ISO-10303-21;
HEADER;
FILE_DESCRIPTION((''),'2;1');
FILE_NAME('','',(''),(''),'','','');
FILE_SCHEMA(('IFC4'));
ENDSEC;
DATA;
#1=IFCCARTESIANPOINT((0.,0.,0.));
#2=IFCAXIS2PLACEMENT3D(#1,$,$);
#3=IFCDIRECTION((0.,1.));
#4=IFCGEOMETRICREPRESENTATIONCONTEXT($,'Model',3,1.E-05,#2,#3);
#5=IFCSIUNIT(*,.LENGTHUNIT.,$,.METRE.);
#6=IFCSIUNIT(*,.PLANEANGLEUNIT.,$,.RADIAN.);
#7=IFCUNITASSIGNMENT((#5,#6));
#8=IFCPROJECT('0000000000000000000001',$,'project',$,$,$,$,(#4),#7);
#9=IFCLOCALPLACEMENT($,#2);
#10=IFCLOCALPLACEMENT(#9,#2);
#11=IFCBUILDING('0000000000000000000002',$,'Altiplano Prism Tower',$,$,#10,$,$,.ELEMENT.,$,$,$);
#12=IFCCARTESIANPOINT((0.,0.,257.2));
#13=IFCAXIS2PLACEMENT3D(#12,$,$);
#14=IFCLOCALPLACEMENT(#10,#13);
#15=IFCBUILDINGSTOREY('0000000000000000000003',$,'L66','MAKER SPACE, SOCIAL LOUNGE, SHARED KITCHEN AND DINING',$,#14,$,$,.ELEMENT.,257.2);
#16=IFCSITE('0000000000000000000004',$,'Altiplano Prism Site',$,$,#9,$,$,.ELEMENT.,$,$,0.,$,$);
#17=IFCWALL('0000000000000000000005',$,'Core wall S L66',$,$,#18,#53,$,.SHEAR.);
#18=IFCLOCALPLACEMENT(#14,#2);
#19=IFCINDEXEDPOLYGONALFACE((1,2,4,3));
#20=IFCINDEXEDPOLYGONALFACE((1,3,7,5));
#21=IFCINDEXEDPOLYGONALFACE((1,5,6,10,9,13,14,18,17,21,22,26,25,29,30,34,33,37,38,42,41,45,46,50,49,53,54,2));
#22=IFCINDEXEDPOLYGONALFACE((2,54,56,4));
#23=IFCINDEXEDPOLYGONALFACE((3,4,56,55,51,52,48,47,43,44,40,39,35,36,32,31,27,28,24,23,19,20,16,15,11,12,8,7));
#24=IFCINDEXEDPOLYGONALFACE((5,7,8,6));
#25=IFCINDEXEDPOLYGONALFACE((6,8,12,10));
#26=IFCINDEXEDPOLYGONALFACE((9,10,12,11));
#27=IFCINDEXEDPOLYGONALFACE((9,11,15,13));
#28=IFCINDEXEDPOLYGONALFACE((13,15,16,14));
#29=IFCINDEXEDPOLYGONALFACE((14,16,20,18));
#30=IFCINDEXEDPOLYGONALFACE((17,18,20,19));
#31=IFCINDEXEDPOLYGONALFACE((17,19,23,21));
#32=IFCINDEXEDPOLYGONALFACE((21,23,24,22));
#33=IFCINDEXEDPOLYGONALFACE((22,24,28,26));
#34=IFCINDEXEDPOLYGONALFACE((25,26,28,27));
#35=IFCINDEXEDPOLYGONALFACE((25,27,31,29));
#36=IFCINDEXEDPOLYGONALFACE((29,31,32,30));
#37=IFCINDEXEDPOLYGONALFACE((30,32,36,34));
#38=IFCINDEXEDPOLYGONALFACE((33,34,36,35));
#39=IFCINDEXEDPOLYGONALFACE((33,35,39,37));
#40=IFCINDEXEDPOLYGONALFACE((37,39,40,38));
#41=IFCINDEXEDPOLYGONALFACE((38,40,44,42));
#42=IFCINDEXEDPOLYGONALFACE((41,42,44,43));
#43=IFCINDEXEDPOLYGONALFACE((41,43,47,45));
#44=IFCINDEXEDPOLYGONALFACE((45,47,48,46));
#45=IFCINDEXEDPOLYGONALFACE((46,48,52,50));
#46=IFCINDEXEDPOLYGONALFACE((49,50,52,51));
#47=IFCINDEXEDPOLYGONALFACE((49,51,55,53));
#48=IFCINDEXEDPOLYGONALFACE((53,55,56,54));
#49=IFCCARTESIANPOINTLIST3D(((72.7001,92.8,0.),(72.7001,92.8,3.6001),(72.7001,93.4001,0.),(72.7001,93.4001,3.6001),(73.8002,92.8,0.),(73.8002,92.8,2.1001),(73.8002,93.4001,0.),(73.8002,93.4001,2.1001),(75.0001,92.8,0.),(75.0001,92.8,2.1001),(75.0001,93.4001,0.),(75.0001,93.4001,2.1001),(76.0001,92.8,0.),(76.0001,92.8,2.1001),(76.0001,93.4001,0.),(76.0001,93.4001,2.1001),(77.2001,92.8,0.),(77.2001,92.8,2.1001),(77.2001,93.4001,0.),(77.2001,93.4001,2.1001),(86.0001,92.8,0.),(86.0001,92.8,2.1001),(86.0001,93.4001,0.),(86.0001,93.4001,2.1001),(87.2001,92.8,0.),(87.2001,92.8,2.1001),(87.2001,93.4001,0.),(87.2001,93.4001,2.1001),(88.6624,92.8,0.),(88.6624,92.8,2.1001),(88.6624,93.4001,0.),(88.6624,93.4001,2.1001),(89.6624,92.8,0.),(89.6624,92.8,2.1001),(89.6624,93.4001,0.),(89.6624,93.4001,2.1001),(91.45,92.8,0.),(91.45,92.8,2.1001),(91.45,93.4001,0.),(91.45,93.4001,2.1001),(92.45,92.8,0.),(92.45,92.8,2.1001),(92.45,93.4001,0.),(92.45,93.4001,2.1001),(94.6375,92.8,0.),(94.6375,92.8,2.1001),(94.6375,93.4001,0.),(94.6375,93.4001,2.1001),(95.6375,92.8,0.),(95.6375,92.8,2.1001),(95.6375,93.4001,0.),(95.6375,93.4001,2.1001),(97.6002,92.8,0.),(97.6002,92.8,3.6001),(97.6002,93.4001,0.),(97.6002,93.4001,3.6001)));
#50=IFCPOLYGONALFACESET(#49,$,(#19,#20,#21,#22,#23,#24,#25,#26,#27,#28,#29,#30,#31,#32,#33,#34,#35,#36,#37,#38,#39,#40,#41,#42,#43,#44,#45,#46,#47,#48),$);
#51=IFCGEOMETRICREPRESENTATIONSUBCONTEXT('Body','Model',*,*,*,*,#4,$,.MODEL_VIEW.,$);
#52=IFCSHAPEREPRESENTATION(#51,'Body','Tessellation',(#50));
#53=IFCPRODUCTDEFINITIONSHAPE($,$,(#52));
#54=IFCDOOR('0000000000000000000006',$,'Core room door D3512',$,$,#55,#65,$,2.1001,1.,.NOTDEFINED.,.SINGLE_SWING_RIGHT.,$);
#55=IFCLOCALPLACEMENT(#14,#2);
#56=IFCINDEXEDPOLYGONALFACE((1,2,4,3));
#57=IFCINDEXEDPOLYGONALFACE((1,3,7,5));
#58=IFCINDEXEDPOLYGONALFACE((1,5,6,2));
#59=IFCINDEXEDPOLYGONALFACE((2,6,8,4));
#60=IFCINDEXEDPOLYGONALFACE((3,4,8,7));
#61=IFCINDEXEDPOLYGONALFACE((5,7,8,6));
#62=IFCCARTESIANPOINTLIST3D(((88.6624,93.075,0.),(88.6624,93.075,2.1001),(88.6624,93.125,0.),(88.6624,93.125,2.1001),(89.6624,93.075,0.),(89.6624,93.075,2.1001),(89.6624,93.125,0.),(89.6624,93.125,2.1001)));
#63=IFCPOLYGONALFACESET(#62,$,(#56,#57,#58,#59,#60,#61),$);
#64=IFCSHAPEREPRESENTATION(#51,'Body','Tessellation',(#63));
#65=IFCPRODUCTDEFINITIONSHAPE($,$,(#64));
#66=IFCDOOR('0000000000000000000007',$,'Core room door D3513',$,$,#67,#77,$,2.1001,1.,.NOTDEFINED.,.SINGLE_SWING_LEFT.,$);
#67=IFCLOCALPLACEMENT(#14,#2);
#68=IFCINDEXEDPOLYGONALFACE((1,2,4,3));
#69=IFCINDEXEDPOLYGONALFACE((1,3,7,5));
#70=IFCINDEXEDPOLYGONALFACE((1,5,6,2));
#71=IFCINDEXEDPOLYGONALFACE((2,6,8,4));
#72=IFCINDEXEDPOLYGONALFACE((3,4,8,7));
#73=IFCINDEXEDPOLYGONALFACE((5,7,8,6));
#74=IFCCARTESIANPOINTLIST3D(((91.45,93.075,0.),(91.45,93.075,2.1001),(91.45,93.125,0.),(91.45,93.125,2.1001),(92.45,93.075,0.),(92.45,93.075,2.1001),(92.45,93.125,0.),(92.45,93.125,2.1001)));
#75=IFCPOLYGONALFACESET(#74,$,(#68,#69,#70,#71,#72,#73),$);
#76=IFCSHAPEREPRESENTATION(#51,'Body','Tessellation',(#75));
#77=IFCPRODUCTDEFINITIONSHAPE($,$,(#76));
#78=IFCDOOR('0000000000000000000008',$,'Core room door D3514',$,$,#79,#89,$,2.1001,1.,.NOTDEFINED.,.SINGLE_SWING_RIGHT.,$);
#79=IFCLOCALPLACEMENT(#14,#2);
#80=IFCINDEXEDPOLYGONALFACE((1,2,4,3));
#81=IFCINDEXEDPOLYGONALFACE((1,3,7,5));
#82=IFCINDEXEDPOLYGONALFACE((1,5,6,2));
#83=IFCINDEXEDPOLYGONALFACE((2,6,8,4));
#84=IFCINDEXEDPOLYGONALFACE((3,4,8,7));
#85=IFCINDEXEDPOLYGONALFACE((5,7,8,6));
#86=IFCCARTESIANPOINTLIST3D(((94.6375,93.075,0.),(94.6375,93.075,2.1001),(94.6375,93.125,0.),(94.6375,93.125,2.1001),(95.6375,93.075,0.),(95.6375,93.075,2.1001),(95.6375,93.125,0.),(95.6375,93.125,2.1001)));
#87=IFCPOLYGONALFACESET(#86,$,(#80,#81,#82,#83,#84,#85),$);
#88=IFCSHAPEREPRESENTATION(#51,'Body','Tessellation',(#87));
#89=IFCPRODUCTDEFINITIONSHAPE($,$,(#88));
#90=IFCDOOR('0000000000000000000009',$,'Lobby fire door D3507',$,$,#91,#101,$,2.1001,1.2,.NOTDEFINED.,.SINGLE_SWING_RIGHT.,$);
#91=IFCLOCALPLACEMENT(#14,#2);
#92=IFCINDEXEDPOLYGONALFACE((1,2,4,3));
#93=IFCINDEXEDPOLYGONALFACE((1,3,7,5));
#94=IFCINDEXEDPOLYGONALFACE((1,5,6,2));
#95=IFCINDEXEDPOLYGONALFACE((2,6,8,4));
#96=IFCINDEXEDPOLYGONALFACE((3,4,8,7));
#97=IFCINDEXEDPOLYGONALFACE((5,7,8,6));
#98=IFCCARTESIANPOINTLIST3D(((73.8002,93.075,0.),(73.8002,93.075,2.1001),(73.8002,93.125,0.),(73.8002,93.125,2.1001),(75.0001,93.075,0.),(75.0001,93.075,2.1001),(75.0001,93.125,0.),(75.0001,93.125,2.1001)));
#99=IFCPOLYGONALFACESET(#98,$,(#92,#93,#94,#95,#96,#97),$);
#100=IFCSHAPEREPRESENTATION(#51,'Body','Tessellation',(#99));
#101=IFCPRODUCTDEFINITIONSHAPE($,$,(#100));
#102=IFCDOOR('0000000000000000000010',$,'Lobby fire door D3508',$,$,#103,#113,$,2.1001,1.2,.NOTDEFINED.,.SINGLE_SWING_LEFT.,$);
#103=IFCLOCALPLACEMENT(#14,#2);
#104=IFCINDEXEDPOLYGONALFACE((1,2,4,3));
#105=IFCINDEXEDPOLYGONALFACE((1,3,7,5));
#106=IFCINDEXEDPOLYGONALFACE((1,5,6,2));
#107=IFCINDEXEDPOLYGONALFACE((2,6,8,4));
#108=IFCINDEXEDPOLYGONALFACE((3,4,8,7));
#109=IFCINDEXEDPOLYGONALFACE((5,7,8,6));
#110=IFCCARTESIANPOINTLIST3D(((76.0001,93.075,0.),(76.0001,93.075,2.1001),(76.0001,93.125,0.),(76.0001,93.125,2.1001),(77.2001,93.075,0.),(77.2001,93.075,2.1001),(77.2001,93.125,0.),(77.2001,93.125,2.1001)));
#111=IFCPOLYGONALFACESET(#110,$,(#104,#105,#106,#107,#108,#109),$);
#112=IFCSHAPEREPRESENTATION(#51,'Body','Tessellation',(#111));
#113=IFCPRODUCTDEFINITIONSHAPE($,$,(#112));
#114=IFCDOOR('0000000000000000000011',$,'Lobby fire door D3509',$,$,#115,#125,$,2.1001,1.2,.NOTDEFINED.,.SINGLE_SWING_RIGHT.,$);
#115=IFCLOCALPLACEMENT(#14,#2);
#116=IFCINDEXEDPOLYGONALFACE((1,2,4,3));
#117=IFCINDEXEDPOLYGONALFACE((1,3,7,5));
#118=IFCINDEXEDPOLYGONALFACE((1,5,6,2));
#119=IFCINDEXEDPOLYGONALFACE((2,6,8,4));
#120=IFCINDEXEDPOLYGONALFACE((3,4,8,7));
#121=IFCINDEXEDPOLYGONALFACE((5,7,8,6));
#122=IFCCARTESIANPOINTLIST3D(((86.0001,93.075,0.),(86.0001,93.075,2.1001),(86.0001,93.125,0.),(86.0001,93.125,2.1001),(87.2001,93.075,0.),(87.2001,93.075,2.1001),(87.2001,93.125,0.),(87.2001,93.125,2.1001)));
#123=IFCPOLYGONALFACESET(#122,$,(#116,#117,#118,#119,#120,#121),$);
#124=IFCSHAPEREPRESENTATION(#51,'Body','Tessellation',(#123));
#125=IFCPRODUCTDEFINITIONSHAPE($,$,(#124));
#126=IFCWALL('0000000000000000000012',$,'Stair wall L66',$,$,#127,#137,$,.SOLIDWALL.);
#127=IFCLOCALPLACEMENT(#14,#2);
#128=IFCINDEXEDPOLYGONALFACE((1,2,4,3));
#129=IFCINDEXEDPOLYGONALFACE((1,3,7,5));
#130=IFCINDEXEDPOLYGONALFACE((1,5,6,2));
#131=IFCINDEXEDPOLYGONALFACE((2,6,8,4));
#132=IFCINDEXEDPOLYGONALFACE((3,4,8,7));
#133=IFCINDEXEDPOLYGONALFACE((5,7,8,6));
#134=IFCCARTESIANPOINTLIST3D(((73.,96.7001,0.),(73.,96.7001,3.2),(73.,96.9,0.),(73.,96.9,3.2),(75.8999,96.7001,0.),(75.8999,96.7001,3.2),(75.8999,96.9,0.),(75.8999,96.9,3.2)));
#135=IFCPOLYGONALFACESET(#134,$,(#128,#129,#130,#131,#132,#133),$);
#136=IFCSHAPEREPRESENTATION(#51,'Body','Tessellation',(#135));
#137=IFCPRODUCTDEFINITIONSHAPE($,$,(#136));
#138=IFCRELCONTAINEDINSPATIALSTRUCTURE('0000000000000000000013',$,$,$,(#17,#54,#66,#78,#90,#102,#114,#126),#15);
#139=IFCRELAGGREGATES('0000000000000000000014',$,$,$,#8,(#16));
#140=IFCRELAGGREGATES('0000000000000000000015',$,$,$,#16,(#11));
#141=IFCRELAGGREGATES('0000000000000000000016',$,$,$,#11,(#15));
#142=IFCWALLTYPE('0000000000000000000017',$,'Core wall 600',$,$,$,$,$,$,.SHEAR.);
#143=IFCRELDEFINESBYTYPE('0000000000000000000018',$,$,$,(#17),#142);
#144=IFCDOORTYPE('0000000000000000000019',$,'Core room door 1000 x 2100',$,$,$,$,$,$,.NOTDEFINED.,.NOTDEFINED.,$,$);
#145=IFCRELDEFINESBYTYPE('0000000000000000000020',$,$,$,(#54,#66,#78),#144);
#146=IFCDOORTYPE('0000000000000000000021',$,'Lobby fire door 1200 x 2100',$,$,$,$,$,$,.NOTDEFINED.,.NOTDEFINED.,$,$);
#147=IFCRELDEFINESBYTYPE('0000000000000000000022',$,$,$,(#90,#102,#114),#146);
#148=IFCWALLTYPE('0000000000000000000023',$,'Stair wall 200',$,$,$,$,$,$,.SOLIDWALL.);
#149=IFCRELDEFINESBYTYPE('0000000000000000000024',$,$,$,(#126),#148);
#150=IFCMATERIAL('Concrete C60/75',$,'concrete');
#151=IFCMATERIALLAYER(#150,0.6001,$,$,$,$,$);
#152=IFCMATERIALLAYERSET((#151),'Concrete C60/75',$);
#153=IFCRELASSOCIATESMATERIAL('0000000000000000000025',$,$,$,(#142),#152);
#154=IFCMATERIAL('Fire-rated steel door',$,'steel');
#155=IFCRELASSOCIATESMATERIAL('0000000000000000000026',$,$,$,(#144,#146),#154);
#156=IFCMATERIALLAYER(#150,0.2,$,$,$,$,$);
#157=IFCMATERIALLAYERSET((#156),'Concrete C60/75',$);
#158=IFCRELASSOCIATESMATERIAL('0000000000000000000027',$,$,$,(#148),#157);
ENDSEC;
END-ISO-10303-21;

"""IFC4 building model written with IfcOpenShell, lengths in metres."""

from ifc_helpers import new_model, si_unit, direction, frame, frame_2d, origin, place, context, subcontext, project, spatial, rectangle, extrude, material, layer, layer_set, type_object, element, fill, save


model = new_model("IFC4")

# Units and contexts
model_context = context("Model", 3, precision=1e-05, world=origin(), true_north=direction((0.0, 1.0)))
body_context = subcontext(model_context, "Body", "Model", "MODEL_VIEW")
ifc_project = project(units=[si_unit("LENGTHUNIT", "METRE"), si_unit("PLANEANGLEUNIT", "RADIAN")], contexts=[model_context])

# Site, building, storey
site_placement = place(None, origin())
site = spatial("IfcSite", under=ifc_project, at=site_placement, Name="Altiplano Prism Site", CompositionType="ELEMENT", RefElevation=0.0)
building_placement = place(site_placement, origin())
building = spatial("IfcBuilding", under=site, at=building_placement, Name="Altiplano Prism Tower", CompositionType="ELEMENT")
storey_placement = place(building_placement, frame((0.0, 0.0, 257.2)))
storey = spatial("IfcBuildingStorey", under=building, at=storey_placement, Name="L66", Description="MAKER SPACE, SOCIAL LOUNGE, SHARED KITCHEN AND DINING", CompositionType="ELEMENT", Elevation=257.2)

# Wall, openings, doors
ifc_material_1 = material(Name="Concrete C60/75", Category="concrete")
ifc_layer_1 = layer(ifc_material_1, 0.6001)
ifc_layer_set_1 = layer_set([ifc_layer_1], Name="Concrete C60/75")
wall_type_1 = type_object("IfcWallType", Name="Core wall 600", PredefinedType="SHEAR", material=ifc_layer_set_1)
wall_1_placement = place(storey_placement, frame((72.7, 93.1001, 0.0), z_axis=(0.0, 0.0, 1.0), x_axis=(1.0, 0.0, 0.0)))
wall_1 = element("IfcWall", 1, at=wall_1_placement, inside=storey, type_object=wall_type_1, Name="Core wall S L66", PredefinedType="SHEAR", context=body_context, shape_type="SweptSolid", body=[
    extrude(rectangle(XDim=24.9001, YDim=0.6001, at=frame_2d((12.4502, 0.0))), origin(), (0.0, 0.0, 1.0), 3.6001),
])
opening_1_placement = place(wall_1_placement, frame((1.1001, 0.0, 0.0)))
opening_1 = element("IfcOpeningElement", 2, at=opening_1_placement, cuts=wall_1, PredefinedType="OPENING", context=body_context, shape_type="SweptSolid", body=[
    extrude(rectangle(XDim=1.2, YDim=2.1001, at=frame_2d((0.6001, 1.05))), frame((0.0, 0.3105, 0.0), z_axis=(0.0, -1.0, 0.0), x_axis=(1.0, 0.0, 0.0)), (0.0, 0.0, 1.0), 0.6211),
])
opening_2_placement = place(wall_1_placement, frame((3.3, 0.0, 0.0)))
opening_2 = element("IfcOpeningElement", 3, at=opening_2_placement, cuts=wall_1, PredefinedType="OPENING", context=body_context, shape_type="SweptSolid", body=[
    extrude(rectangle(XDim=1.2, YDim=2.1001, at=frame_2d((0.6001, 1.05))), frame((0.0, 0.3105, 0.0), z_axis=(0.0, -1.0, 0.0), x_axis=(1.0, 0.0, 0.0)), (0.0, 0.0, 1.0), 0.6211),
])
opening_3_placement = place(wall_1_placement, frame((13.3, 0.0, 0.0)))
opening_3 = element("IfcOpeningElement", 4, at=opening_3_placement, cuts=wall_1, PredefinedType="OPENING", context=body_context, shape_type="SweptSolid", body=[
    extrude(rectangle(XDim=1.2, YDim=2.1001, at=frame_2d((0.6001, 1.05))), frame((0.0, 0.3105, 0.0), z_axis=(0.0, -1.0, 0.0), x_axis=(1.0, 0.0, 0.0)), (0.0, 0.0, 1.0), 0.6211),
])
opening_4_placement = place(wall_1_placement, frame((15.9624, 0.0, 0.0)))
opening_4 = element("IfcOpeningElement", 5, at=opening_4_placement, cuts=wall_1, PredefinedType="OPENING", context=body_context, shape_type="SweptSolid", body=[
    extrude(rectangle(XDim=1.0, YDim=2.1001, at=frame_2d((0.5, 1.05))), frame((0.0, 0.3105, 0.0), z_axis=(0.0, -1.0, 0.0), x_axis=(1.0, 0.0, 0.0)), (0.0, 0.0, 1.0), 0.6211),
])
opening_5_placement = place(wall_1_placement, frame((18.75, 0.0, 0.0)))
opening_5 = element("IfcOpeningElement", 6, at=opening_5_placement, cuts=wall_1, PredefinedType="OPENING", context=body_context, shape_type="SweptSolid", body=[
    extrude(rectangle(XDim=1.0, YDim=2.1001, at=frame_2d((0.5, 1.05))), frame((0.0, 0.3105, 0.0), z_axis=(0.0, -1.0, 0.0), x_axis=(1.0, 0.0, 0.0)), (0.0, 0.0, 1.0), 0.6211),
])
opening_6_placement = place(wall_1_placement, frame((21.9375, 0.0, 0.0)))
opening_6 = element("IfcOpeningElement", 7, at=opening_6_placement, cuts=wall_1, PredefinedType="OPENING", context=body_context, shape_type="SweptSolid", body=[
    extrude(rectangle(XDim=1.0, YDim=2.1001, at=frame_2d((0.5, 1.05))), frame((0.0, 0.3105, 0.0), z_axis=(0.0, -1.0, 0.0), x_axis=(1.0, 0.0, 0.0)), (0.0, 0.0, 1.0), 0.6211),
])
ifc_material_2 = material(Name="Fire-rated steel door", Category="steel")
door_type_1 = type_object("IfcDoorType", Name="Core room door 1000 x 2100", OperationType="NOTDEFINED", PredefinedType="NOTDEFINED", material=ifc_material_2)
door_1_placement = place(opening_4_placement, origin())
door_1 = element("IfcDoor", 8, at=door_1_placement, inside=storey, type_object=door_type_1, Name="Core room door D3512", OperationType="SINGLE_SWING_RIGHT", OverallHeight=2.1001, OverallWidth=1.0, PredefinedType="NOTDEFINED", context=body_context, shape_type="SweptSolid", body=[
    extrude(rectangle(XDim=1.0, YDim=2.1001, at=frame_2d((0.5, 1.05))), frame((0.0, 0.0249, 0.0), z_axis=(0.0, -1.0, 0.0), x_axis=(1.0, 0.0, 0.0)), (0.0, 0.0, 1.0), 0.05),
])
fill(opening_4, door_1)
door_2_placement = place(opening_5_placement, origin())
door_2 = element("IfcDoor", 9, at=door_2_placement, inside=storey, type_object=door_type_1, Name="Core room door D3513", OperationType="SINGLE_SWING_LEFT", OverallHeight=2.1001, OverallWidth=1.0, PredefinedType="NOTDEFINED", context=body_context, shape_type="SweptSolid", body=[
    extrude(rectangle(XDim=1.0, YDim=2.1001, at=frame_2d((0.5, 1.05))), frame((0.0, 0.0249, 0.0), z_axis=(0.0, -1.0, 0.0), x_axis=(1.0, 0.0, 0.0)), (0.0, 0.0, 1.0), 0.05),
])
fill(opening_5, door_2)
door_3_placement = place(opening_6_placement, origin())
door_3 = element("IfcDoor", 10, at=door_3_placement, inside=storey, type_object=door_type_1, Name="Core room door D3514", OperationType="SINGLE_SWING_RIGHT", OverallHeight=2.1001, OverallWidth=1.0, PredefinedType="NOTDEFINED", context=body_context, shape_type="SweptSolid", body=[
    extrude(rectangle(XDim=1.0, YDim=2.1001, at=frame_2d((0.5, 1.05))), frame((0.0, 0.0249, 0.0), z_axis=(0.0, -1.0, 0.0), x_axis=(1.0, 0.0, 0.0)), (0.0, 0.0, 1.0), 0.05),
])
fill(opening_6, door_3)
door_type_2 = type_object("IfcDoorType", Name="Lobby fire door 1200 x 2100", OperationType="NOTDEFINED", PredefinedType="NOTDEFINED", material=ifc_material_2)
door_4_placement = place(opening_1_placement, origin())
door_4 = element("IfcDoor", 11, at=door_4_placement, inside=storey, type_object=door_type_2, Name="Lobby fire door D3507", OperationType="SINGLE_SWING_RIGHT", OverallHeight=2.1001, OverallWidth=1.2, PredefinedType="NOTDEFINED", context=body_context, shape_type="SweptSolid", body=[
    extrude(rectangle(XDim=1.2, YDim=2.1001, at=frame_2d((0.6001, 1.05))), frame((0.0, 0.0249, 0.0), z_axis=(0.0, -1.0, 0.0), x_axis=(1.0, 0.0, 0.0)), (0.0, 0.0, 1.0), 0.05),
])
fill(opening_1, door_4)
door_5_placement = place(opening_2_placement, origin())
door_5 = element("IfcDoor", 12, at=door_5_placement, inside=storey, type_object=door_type_2, Name="Lobby fire door D3508", OperationType="SINGLE_SWING_LEFT", OverallHeight=2.1001, OverallWidth=1.2, PredefinedType="NOTDEFINED", context=body_context, shape_type="SweptSolid", body=[
    extrude(rectangle(XDim=1.2, YDim=2.1001, at=frame_2d((0.6001, 1.05))), frame((0.0, 0.0249, 0.0), z_axis=(0.0, -1.0, 0.0), x_axis=(1.0, 0.0, 0.0)), (0.0, 0.0, 1.0), 0.05),
])
fill(opening_2, door_5)
door_6_placement = place(opening_3_placement, origin())
door_6 = element("IfcDoor", 13, at=door_6_placement, inside=storey, type_object=door_type_2, Name="Lobby fire door D3509", OperationType="SINGLE_SWING_RIGHT", OverallHeight=2.1001, OverallWidth=1.2, PredefinedType="NOTDEFINED", context=body_context, shape_type="SweptSolid", body=[
    extrude(rectangle(XDim=1.2, YDim=2.1001, at=frame_2d((0.6001, 1.05))), frame((0.0, 0.0249, 0.0), z_axis=(0.0, -1.0, 0.0), x_axis=(1.0, 0.0, 0.0)), (0.0, 0.0, 1.0), 0.05),
])
fill(opening_3, door_6)

# Wall
ifc_layer_2 = layer(ifc_material_1, 0.2)
ifc_layer_set_2 = layer_set([ifc_layer_2], Name="Concrete C60/75")
wall_type_2 = type_object("IfcWallType", Name="Stair wall 200", PredefinedType="SOLIDWALL", material=ifc_layer_set_2)
wall_2_placement = place(storey_placement, frame((73.0, 96.8, 0.0), z_axis=(0.0, 0.0, 1.0), x_axis=(1.0, 0.0, 0.0)))
element("IfcWall", 14, at=wall_2_placement, inside=storey, type_object=wall_type_2, Name="Stair wall L66", PredefinedType="SOLIDWALL", context=body_context, shape_type="SweptSolid", body=[
    extrude(rectangle(XDim=2.8999, YDim=0.2, at=frame_2d((1.45, 0.0))), origin(), (0.0, 0.0, 1.0), 3.2),
])

save(model, "model.ifc")
